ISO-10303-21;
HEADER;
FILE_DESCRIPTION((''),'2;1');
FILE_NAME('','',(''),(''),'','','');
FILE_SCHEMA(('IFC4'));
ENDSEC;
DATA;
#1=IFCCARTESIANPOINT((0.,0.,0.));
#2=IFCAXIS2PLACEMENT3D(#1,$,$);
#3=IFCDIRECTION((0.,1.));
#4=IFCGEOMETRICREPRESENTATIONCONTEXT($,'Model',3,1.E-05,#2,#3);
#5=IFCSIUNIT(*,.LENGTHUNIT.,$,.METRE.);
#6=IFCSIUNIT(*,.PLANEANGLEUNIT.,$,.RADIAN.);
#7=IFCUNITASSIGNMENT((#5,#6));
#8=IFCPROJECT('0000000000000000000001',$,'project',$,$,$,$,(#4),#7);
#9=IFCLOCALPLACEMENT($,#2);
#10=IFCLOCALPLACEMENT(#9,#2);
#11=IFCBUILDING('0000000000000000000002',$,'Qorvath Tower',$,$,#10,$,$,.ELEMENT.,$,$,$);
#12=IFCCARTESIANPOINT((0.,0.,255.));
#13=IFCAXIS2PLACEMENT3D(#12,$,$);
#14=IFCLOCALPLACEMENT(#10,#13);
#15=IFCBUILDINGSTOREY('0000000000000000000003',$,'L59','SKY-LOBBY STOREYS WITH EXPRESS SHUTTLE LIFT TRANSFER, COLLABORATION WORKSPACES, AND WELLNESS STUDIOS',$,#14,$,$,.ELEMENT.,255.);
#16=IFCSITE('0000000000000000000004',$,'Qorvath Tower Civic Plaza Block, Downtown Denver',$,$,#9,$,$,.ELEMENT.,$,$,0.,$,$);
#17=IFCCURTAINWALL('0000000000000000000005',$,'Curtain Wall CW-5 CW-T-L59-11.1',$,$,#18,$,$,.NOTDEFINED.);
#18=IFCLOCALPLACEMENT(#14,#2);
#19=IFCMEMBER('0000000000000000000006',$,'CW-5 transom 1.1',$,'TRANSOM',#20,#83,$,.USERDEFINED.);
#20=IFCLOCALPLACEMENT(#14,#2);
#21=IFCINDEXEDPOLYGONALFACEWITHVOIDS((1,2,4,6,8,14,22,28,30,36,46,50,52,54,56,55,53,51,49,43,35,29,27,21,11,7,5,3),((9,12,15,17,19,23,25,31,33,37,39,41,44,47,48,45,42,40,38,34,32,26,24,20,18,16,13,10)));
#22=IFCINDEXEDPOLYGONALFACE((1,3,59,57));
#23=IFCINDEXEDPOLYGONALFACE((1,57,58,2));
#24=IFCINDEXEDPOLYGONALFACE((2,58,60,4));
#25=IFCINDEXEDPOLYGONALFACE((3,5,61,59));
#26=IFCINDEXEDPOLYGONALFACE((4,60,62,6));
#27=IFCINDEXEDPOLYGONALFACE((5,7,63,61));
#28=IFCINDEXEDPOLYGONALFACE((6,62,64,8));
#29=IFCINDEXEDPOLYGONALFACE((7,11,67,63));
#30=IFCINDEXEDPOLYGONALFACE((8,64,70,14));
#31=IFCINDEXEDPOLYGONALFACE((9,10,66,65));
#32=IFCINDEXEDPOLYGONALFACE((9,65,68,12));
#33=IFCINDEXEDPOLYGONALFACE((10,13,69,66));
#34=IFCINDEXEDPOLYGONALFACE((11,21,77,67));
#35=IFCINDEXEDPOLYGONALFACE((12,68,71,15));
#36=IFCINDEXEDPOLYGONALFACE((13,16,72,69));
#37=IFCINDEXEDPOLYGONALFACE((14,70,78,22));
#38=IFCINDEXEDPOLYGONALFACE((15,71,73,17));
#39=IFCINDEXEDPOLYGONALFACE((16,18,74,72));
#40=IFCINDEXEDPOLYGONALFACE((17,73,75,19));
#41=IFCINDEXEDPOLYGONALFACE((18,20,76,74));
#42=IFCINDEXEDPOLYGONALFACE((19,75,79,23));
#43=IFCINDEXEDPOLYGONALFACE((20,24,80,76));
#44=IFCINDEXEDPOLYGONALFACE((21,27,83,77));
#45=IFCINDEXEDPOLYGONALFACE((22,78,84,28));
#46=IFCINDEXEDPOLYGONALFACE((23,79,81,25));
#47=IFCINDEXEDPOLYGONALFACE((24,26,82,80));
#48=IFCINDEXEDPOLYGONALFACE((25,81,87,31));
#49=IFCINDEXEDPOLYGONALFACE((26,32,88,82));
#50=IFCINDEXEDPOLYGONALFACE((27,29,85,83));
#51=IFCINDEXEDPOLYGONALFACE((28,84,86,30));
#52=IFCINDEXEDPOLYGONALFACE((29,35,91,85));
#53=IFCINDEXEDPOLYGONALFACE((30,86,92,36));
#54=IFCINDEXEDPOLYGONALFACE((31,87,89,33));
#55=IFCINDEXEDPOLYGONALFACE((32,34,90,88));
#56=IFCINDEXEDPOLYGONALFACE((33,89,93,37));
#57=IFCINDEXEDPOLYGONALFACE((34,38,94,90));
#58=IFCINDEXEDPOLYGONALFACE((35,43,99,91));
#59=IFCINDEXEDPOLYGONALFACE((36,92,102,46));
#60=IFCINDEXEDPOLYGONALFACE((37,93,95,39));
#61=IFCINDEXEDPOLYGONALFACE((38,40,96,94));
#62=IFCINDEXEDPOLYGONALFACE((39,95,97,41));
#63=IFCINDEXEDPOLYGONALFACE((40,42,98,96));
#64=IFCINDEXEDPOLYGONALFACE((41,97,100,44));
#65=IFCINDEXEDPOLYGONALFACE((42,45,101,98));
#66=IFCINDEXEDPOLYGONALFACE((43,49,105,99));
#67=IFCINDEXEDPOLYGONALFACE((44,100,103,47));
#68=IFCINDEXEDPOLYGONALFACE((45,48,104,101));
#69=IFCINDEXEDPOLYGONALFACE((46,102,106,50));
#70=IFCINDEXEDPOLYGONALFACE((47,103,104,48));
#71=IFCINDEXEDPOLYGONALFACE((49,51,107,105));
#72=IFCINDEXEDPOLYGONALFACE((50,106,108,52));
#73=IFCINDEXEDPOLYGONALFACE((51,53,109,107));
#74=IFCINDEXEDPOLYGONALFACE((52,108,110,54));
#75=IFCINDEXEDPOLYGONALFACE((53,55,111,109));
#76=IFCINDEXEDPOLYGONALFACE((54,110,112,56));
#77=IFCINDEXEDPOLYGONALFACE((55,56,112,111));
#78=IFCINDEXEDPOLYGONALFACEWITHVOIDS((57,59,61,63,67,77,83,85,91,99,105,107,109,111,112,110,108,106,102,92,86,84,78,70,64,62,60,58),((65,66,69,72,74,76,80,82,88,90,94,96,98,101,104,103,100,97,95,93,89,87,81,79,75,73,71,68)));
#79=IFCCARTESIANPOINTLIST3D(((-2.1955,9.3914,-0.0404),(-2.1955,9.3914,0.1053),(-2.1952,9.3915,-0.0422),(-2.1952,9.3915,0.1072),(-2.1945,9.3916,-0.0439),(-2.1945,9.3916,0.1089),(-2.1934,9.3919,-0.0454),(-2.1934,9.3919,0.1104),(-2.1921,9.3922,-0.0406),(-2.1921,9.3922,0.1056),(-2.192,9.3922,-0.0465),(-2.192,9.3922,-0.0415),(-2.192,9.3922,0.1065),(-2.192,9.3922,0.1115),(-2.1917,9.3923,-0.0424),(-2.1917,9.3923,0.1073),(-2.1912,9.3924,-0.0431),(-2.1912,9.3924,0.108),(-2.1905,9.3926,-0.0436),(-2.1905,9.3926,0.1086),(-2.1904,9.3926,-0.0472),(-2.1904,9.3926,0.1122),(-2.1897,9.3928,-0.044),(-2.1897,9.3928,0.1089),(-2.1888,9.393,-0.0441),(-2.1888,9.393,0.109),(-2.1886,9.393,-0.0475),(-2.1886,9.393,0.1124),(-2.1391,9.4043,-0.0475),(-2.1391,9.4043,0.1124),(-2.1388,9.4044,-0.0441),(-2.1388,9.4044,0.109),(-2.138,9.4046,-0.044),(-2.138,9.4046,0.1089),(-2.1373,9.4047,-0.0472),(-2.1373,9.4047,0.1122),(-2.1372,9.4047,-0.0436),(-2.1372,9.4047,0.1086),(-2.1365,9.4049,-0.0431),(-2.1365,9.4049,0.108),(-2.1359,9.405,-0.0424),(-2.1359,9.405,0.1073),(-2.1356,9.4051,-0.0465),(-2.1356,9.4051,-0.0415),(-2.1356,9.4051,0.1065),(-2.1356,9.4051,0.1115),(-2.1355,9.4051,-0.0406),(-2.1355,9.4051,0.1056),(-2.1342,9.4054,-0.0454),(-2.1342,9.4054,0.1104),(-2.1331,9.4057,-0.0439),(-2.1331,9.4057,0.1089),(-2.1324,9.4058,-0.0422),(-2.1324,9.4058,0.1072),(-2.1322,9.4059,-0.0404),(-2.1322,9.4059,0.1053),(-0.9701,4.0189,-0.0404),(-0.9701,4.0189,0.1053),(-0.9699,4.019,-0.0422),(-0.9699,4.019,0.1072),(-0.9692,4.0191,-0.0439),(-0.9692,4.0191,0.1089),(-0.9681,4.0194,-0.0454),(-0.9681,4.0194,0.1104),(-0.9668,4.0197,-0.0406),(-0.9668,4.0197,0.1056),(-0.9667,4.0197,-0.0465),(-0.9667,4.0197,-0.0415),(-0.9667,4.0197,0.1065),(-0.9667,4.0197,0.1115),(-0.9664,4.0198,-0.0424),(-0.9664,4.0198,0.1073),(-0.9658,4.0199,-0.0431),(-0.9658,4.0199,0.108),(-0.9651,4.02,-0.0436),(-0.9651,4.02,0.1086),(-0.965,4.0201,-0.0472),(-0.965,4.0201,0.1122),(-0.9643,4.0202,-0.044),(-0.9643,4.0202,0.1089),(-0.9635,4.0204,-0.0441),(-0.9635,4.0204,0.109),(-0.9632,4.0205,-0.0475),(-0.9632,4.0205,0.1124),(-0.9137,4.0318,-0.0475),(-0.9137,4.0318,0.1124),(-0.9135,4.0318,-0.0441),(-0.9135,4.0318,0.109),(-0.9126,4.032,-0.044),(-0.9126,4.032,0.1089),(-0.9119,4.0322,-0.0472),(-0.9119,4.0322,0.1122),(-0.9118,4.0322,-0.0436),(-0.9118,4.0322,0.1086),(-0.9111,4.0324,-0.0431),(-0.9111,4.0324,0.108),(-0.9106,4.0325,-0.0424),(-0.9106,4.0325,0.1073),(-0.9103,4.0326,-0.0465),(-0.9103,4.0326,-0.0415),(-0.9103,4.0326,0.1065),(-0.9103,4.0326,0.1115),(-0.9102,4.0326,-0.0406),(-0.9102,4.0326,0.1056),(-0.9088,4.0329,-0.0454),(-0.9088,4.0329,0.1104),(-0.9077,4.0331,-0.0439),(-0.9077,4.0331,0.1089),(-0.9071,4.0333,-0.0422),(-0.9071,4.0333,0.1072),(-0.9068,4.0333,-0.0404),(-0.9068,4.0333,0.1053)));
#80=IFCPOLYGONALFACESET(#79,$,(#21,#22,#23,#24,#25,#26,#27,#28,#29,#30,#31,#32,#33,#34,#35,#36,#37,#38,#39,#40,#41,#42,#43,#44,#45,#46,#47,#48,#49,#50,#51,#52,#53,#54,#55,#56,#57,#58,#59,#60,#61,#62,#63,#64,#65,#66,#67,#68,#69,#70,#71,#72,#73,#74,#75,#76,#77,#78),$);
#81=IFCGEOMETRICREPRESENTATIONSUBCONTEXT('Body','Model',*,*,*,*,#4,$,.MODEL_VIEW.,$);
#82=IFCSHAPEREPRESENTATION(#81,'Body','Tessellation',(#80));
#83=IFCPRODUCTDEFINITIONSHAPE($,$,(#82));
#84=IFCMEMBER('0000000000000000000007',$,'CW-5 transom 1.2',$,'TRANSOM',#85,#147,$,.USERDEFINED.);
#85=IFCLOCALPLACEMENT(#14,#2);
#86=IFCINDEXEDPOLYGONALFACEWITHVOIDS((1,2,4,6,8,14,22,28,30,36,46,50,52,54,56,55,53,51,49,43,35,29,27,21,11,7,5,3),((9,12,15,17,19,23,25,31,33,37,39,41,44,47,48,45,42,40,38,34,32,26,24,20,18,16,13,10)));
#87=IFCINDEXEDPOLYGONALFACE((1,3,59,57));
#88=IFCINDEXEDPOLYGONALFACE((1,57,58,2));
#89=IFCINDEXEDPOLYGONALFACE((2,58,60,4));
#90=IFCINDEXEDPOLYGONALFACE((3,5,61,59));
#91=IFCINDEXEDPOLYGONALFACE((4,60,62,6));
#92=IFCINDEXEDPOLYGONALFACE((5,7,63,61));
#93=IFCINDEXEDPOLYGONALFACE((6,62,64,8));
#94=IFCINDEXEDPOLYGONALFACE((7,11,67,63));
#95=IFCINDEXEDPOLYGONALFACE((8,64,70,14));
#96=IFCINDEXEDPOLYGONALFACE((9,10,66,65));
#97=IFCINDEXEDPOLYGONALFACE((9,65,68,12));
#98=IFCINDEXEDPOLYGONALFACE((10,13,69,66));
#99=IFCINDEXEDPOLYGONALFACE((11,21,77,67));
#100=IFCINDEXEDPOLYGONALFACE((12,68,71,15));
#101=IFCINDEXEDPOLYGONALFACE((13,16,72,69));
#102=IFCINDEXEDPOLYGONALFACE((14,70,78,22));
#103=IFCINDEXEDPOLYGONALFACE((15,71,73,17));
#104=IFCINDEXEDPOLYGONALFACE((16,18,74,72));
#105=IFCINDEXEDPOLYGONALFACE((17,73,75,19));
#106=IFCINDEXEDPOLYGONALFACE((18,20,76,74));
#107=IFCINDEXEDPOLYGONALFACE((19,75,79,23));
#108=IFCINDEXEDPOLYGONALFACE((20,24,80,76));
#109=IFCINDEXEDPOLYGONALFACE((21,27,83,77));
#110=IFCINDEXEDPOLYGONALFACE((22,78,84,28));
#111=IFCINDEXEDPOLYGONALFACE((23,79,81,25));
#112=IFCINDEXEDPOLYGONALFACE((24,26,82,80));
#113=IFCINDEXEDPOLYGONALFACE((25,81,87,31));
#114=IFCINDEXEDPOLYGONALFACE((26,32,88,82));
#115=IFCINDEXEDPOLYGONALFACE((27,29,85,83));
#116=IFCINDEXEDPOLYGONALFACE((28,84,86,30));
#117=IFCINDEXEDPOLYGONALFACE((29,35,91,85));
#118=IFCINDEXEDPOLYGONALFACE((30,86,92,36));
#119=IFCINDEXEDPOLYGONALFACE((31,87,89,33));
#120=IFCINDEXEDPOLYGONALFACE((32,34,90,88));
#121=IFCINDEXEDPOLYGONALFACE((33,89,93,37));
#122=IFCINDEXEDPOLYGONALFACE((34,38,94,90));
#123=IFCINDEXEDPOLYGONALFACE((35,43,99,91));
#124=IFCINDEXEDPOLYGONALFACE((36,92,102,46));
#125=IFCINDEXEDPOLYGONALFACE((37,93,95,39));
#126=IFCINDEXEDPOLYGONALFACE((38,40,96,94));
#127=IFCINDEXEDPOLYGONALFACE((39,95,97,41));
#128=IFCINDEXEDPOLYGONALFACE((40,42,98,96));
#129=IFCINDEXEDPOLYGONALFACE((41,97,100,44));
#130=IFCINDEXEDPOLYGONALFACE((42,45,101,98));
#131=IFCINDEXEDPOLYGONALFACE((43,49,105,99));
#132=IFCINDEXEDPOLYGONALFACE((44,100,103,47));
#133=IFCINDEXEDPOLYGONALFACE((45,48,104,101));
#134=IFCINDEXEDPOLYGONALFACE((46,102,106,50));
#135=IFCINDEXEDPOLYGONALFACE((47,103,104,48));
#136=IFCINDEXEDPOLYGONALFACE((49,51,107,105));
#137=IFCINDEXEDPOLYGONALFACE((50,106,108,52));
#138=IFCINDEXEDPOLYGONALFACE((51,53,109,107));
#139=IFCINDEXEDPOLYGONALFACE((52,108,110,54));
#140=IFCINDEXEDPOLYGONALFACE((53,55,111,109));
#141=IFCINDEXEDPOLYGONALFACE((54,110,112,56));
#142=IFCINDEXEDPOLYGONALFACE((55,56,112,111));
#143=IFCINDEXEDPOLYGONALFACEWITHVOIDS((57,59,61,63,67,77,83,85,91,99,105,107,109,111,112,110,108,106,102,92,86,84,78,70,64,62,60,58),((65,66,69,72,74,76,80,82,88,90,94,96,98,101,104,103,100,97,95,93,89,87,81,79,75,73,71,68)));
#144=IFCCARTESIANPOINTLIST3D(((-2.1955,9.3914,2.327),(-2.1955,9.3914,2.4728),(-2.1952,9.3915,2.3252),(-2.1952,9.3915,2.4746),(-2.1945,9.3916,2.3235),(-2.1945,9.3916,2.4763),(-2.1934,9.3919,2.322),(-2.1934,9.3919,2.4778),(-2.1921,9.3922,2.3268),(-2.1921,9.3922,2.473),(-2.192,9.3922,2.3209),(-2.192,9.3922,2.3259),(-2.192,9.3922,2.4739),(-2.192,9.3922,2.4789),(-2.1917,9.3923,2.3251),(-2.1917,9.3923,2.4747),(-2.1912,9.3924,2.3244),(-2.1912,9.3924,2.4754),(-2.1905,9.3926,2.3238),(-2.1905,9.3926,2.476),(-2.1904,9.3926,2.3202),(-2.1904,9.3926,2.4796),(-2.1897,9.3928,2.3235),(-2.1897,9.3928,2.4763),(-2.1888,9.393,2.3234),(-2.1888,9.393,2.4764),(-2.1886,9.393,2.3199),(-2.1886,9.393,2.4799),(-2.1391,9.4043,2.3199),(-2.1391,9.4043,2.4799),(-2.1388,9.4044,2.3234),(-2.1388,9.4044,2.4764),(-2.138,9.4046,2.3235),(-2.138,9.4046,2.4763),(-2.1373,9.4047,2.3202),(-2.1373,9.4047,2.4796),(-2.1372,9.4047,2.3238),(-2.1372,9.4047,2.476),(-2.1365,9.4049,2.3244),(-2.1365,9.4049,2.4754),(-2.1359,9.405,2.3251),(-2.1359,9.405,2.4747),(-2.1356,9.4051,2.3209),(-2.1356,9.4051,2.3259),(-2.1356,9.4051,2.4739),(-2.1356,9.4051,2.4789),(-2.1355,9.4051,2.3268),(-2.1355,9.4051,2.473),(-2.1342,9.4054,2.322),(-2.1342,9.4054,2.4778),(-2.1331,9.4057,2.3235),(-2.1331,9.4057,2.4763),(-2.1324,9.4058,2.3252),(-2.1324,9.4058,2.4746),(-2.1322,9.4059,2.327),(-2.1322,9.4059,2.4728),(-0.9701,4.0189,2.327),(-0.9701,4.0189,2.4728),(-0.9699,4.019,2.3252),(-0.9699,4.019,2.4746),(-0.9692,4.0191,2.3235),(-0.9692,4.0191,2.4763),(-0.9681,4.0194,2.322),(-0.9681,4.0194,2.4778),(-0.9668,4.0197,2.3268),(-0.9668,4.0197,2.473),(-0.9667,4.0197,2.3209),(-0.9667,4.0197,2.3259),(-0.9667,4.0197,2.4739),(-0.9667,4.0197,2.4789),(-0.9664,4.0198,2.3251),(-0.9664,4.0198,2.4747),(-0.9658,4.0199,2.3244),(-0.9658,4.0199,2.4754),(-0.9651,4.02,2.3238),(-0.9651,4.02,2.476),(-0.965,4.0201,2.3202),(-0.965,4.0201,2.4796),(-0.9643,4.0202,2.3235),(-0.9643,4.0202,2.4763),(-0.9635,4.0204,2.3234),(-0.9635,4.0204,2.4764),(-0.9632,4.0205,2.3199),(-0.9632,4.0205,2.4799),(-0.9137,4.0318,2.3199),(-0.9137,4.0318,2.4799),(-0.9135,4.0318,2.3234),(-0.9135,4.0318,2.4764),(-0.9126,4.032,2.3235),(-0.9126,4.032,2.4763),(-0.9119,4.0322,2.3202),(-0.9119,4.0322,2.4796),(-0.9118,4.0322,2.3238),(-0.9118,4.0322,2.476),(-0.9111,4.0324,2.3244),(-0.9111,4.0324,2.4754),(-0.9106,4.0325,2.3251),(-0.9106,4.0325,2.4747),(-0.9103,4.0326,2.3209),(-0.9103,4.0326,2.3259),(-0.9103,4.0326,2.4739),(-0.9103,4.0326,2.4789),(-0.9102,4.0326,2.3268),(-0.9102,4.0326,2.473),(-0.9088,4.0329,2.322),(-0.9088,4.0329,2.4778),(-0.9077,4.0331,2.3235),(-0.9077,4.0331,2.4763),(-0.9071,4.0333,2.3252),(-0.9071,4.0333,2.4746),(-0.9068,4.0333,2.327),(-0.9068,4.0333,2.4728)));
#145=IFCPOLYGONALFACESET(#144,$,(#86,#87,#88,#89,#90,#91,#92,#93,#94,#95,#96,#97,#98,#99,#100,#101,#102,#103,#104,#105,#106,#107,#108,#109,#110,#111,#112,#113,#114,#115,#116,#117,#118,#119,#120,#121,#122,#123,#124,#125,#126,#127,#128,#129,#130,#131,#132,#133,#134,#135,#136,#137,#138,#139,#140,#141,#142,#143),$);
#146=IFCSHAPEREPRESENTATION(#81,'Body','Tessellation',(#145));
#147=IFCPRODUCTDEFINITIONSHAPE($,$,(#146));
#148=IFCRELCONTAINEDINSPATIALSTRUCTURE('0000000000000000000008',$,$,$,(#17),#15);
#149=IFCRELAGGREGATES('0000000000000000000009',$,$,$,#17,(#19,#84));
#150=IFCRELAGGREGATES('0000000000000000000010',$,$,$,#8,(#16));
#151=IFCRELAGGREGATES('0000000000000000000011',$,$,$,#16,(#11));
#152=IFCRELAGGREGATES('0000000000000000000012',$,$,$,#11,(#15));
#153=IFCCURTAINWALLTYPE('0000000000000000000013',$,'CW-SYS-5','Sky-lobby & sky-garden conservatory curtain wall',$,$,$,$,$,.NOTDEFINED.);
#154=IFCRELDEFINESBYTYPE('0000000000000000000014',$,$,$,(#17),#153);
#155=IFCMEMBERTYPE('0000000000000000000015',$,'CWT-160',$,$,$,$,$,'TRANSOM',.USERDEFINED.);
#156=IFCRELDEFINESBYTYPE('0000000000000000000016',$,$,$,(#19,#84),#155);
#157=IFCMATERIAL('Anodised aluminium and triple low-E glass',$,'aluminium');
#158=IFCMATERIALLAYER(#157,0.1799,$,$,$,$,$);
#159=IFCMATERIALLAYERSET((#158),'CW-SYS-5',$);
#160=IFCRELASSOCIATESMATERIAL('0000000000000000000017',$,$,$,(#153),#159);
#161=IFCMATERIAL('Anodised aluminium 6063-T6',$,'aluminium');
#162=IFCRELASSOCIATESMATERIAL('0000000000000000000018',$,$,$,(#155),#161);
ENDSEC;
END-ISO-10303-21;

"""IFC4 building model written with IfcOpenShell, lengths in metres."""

from ifc_helpers import new_model, si_unit, direction, frame, origin, origin_2d, place, context, subcontext, project, spatial, hollow_rectangle, extrude, material, layer, layer_set, material_profile, profile_set, type_object, element, aggregate, save


model = new_model("IFC4")

# Units and contexts
model_context = context("Model", 3, precision=1e-05, world=origin(), true_north=direction((0.0, 1.0)))
body_context = subcontext(model_context, "Body", "Model", "MODEL_VIEW")
ifc_project = project(units=[si_unit("LENGTHUNIT", "METRE"), si_unit("PLANEANGLEUNIT", "RADIAN")], contexts=[model_context])

# Site, building, storey
site_placement = place(None, origin())
site = spatial("IfcSite", under=ifc_project, at=site_placement, Name="Qorvath Tower Civic Plaza Block, Downtown Denver", CompositionType="ELEMENT", RefElevation=0.0)
building_placement = place(site_placement, origin())
building = spatial("IfcBuilding", under=site, at=building_placement, Name="Qorvath Tower", CompositionType="ELEMENT")
storey_placement = place(building_placement, frame((0.0, 0.0, 255.0)))
storey = spatial("IfcBuildingStorey", under=building, at=storey_placement, Name="L59", Description="SKY-LOBBY STOREYS WITH EXPRESS SHUTTLE LIFT TRANSFER, COLLABORATION WORKSPACES, AND WELLNESS STUDIOS", CompositionType="ELEMENT", Elevation=255.0)

# Shared definitions
ifc_material_1 = material(Name="Anodised aluminium and triple low-E glass", Category="aluminium")
ifc_layer_1 = layer(ifc_material_1, 0.1799)
ifc_layer_set_1 = layer_set([ifc_layer_1], Name="CW-SYS-5")
curtain_wall_type = type_object("IfcCurtainWallType", Name="CW-SYS-5", Description="Sky-lobby & sky-garden conservatory curtain wall", PredefinedType="NOTDEFINED", material=ifc_layer_set_1)

# Curtain wall, members
curtain_wall_1_placement = place(storey_placement, origin())
curtain_wall_1 = element("IfcCurtainWall", 1, at=curtain_wall_1_placement, inside=storey, type_object=curtain_wall_type, Name="Curtain Wall CW-5 CW-T-L59-11.1", PredefinedType="NOTDEFINED")
ifc_material_2 = material(Name="Anodised aluminium 6063-T6", Category="aluminium")
ifc_material_profile_1 = material_profile(ifc_material_2, hollow_rectangle(XDim=0.0649, YDim=0.1599, WallThickness=0.0034, InnerFilletRadius=0.0034, OuterFilletRadius=0.0071, at=origin_2d()), Name="CWT 160x65")
ifc_profile_set_1 = profile_set([ifc_material_profile_1], Name="Anodised aluminium 6063-T6")
member_type_1 = type_object("IfcMemberType", Name="CWT-160", ElementType="TRANSOM", PredefinedType="USERDEFINED", material=ifc_profile_set_1)
member_1_placement = place(storey_placement, frame((-0.9385, 4.0261, 0.0325), z_axis=(-0.222364, 0.974964, 0.0), x_axis=(-0.974964, -0.222364, 0.0)))
member_1 = element("IfcMember", 2, at=member_1_placement, type_object=member_type_1, Name="CW-5 transom 1.1", ObjectType="TRANSOM", PredefinedType="USERDEFINED", context=body_context, shape_type="SweptSolid", body=[
    extrude(hollow_rectangle(XDim=0.0649, YDim=0.1599, WallThickness=0.0034, InnerFilletRadius=0.0034, OuterFilletRadius=0.0071, at=origin_2d()), origin(), (0.0, 0.0, 1.0), 5.5105),
])
member_2_placement = place(storey_placement, frame((-0.9385, 4.0261, 2.3999), z_axis=(-0.222364, 0.974964, 0.0), x_axis=(-0.974964, -0.222364, 0.0)))
member_2 = element("IfcMember", 3, at=member_2_placement, type_object=member_type_1, Name="CW-5 transom 1.2", ObjectType="TRANSOM", PredefinedType="USERDEFINED", context=body_context, shape_type="SweptSolid", body=[
    extrude(hollow_rectangle(XDim=0.0649, YDim=0.1599, WallThickness=0.0034, InnerFilletRadius=0.0034, OuterFilletRadius=0.0071, at=origin_2d()), origin(), (0.0, 0.0, 1.0), 5.5105),
])

aggregate(curtain_wall_1, [member_1, member_2])

save(model, "model.ifc")
